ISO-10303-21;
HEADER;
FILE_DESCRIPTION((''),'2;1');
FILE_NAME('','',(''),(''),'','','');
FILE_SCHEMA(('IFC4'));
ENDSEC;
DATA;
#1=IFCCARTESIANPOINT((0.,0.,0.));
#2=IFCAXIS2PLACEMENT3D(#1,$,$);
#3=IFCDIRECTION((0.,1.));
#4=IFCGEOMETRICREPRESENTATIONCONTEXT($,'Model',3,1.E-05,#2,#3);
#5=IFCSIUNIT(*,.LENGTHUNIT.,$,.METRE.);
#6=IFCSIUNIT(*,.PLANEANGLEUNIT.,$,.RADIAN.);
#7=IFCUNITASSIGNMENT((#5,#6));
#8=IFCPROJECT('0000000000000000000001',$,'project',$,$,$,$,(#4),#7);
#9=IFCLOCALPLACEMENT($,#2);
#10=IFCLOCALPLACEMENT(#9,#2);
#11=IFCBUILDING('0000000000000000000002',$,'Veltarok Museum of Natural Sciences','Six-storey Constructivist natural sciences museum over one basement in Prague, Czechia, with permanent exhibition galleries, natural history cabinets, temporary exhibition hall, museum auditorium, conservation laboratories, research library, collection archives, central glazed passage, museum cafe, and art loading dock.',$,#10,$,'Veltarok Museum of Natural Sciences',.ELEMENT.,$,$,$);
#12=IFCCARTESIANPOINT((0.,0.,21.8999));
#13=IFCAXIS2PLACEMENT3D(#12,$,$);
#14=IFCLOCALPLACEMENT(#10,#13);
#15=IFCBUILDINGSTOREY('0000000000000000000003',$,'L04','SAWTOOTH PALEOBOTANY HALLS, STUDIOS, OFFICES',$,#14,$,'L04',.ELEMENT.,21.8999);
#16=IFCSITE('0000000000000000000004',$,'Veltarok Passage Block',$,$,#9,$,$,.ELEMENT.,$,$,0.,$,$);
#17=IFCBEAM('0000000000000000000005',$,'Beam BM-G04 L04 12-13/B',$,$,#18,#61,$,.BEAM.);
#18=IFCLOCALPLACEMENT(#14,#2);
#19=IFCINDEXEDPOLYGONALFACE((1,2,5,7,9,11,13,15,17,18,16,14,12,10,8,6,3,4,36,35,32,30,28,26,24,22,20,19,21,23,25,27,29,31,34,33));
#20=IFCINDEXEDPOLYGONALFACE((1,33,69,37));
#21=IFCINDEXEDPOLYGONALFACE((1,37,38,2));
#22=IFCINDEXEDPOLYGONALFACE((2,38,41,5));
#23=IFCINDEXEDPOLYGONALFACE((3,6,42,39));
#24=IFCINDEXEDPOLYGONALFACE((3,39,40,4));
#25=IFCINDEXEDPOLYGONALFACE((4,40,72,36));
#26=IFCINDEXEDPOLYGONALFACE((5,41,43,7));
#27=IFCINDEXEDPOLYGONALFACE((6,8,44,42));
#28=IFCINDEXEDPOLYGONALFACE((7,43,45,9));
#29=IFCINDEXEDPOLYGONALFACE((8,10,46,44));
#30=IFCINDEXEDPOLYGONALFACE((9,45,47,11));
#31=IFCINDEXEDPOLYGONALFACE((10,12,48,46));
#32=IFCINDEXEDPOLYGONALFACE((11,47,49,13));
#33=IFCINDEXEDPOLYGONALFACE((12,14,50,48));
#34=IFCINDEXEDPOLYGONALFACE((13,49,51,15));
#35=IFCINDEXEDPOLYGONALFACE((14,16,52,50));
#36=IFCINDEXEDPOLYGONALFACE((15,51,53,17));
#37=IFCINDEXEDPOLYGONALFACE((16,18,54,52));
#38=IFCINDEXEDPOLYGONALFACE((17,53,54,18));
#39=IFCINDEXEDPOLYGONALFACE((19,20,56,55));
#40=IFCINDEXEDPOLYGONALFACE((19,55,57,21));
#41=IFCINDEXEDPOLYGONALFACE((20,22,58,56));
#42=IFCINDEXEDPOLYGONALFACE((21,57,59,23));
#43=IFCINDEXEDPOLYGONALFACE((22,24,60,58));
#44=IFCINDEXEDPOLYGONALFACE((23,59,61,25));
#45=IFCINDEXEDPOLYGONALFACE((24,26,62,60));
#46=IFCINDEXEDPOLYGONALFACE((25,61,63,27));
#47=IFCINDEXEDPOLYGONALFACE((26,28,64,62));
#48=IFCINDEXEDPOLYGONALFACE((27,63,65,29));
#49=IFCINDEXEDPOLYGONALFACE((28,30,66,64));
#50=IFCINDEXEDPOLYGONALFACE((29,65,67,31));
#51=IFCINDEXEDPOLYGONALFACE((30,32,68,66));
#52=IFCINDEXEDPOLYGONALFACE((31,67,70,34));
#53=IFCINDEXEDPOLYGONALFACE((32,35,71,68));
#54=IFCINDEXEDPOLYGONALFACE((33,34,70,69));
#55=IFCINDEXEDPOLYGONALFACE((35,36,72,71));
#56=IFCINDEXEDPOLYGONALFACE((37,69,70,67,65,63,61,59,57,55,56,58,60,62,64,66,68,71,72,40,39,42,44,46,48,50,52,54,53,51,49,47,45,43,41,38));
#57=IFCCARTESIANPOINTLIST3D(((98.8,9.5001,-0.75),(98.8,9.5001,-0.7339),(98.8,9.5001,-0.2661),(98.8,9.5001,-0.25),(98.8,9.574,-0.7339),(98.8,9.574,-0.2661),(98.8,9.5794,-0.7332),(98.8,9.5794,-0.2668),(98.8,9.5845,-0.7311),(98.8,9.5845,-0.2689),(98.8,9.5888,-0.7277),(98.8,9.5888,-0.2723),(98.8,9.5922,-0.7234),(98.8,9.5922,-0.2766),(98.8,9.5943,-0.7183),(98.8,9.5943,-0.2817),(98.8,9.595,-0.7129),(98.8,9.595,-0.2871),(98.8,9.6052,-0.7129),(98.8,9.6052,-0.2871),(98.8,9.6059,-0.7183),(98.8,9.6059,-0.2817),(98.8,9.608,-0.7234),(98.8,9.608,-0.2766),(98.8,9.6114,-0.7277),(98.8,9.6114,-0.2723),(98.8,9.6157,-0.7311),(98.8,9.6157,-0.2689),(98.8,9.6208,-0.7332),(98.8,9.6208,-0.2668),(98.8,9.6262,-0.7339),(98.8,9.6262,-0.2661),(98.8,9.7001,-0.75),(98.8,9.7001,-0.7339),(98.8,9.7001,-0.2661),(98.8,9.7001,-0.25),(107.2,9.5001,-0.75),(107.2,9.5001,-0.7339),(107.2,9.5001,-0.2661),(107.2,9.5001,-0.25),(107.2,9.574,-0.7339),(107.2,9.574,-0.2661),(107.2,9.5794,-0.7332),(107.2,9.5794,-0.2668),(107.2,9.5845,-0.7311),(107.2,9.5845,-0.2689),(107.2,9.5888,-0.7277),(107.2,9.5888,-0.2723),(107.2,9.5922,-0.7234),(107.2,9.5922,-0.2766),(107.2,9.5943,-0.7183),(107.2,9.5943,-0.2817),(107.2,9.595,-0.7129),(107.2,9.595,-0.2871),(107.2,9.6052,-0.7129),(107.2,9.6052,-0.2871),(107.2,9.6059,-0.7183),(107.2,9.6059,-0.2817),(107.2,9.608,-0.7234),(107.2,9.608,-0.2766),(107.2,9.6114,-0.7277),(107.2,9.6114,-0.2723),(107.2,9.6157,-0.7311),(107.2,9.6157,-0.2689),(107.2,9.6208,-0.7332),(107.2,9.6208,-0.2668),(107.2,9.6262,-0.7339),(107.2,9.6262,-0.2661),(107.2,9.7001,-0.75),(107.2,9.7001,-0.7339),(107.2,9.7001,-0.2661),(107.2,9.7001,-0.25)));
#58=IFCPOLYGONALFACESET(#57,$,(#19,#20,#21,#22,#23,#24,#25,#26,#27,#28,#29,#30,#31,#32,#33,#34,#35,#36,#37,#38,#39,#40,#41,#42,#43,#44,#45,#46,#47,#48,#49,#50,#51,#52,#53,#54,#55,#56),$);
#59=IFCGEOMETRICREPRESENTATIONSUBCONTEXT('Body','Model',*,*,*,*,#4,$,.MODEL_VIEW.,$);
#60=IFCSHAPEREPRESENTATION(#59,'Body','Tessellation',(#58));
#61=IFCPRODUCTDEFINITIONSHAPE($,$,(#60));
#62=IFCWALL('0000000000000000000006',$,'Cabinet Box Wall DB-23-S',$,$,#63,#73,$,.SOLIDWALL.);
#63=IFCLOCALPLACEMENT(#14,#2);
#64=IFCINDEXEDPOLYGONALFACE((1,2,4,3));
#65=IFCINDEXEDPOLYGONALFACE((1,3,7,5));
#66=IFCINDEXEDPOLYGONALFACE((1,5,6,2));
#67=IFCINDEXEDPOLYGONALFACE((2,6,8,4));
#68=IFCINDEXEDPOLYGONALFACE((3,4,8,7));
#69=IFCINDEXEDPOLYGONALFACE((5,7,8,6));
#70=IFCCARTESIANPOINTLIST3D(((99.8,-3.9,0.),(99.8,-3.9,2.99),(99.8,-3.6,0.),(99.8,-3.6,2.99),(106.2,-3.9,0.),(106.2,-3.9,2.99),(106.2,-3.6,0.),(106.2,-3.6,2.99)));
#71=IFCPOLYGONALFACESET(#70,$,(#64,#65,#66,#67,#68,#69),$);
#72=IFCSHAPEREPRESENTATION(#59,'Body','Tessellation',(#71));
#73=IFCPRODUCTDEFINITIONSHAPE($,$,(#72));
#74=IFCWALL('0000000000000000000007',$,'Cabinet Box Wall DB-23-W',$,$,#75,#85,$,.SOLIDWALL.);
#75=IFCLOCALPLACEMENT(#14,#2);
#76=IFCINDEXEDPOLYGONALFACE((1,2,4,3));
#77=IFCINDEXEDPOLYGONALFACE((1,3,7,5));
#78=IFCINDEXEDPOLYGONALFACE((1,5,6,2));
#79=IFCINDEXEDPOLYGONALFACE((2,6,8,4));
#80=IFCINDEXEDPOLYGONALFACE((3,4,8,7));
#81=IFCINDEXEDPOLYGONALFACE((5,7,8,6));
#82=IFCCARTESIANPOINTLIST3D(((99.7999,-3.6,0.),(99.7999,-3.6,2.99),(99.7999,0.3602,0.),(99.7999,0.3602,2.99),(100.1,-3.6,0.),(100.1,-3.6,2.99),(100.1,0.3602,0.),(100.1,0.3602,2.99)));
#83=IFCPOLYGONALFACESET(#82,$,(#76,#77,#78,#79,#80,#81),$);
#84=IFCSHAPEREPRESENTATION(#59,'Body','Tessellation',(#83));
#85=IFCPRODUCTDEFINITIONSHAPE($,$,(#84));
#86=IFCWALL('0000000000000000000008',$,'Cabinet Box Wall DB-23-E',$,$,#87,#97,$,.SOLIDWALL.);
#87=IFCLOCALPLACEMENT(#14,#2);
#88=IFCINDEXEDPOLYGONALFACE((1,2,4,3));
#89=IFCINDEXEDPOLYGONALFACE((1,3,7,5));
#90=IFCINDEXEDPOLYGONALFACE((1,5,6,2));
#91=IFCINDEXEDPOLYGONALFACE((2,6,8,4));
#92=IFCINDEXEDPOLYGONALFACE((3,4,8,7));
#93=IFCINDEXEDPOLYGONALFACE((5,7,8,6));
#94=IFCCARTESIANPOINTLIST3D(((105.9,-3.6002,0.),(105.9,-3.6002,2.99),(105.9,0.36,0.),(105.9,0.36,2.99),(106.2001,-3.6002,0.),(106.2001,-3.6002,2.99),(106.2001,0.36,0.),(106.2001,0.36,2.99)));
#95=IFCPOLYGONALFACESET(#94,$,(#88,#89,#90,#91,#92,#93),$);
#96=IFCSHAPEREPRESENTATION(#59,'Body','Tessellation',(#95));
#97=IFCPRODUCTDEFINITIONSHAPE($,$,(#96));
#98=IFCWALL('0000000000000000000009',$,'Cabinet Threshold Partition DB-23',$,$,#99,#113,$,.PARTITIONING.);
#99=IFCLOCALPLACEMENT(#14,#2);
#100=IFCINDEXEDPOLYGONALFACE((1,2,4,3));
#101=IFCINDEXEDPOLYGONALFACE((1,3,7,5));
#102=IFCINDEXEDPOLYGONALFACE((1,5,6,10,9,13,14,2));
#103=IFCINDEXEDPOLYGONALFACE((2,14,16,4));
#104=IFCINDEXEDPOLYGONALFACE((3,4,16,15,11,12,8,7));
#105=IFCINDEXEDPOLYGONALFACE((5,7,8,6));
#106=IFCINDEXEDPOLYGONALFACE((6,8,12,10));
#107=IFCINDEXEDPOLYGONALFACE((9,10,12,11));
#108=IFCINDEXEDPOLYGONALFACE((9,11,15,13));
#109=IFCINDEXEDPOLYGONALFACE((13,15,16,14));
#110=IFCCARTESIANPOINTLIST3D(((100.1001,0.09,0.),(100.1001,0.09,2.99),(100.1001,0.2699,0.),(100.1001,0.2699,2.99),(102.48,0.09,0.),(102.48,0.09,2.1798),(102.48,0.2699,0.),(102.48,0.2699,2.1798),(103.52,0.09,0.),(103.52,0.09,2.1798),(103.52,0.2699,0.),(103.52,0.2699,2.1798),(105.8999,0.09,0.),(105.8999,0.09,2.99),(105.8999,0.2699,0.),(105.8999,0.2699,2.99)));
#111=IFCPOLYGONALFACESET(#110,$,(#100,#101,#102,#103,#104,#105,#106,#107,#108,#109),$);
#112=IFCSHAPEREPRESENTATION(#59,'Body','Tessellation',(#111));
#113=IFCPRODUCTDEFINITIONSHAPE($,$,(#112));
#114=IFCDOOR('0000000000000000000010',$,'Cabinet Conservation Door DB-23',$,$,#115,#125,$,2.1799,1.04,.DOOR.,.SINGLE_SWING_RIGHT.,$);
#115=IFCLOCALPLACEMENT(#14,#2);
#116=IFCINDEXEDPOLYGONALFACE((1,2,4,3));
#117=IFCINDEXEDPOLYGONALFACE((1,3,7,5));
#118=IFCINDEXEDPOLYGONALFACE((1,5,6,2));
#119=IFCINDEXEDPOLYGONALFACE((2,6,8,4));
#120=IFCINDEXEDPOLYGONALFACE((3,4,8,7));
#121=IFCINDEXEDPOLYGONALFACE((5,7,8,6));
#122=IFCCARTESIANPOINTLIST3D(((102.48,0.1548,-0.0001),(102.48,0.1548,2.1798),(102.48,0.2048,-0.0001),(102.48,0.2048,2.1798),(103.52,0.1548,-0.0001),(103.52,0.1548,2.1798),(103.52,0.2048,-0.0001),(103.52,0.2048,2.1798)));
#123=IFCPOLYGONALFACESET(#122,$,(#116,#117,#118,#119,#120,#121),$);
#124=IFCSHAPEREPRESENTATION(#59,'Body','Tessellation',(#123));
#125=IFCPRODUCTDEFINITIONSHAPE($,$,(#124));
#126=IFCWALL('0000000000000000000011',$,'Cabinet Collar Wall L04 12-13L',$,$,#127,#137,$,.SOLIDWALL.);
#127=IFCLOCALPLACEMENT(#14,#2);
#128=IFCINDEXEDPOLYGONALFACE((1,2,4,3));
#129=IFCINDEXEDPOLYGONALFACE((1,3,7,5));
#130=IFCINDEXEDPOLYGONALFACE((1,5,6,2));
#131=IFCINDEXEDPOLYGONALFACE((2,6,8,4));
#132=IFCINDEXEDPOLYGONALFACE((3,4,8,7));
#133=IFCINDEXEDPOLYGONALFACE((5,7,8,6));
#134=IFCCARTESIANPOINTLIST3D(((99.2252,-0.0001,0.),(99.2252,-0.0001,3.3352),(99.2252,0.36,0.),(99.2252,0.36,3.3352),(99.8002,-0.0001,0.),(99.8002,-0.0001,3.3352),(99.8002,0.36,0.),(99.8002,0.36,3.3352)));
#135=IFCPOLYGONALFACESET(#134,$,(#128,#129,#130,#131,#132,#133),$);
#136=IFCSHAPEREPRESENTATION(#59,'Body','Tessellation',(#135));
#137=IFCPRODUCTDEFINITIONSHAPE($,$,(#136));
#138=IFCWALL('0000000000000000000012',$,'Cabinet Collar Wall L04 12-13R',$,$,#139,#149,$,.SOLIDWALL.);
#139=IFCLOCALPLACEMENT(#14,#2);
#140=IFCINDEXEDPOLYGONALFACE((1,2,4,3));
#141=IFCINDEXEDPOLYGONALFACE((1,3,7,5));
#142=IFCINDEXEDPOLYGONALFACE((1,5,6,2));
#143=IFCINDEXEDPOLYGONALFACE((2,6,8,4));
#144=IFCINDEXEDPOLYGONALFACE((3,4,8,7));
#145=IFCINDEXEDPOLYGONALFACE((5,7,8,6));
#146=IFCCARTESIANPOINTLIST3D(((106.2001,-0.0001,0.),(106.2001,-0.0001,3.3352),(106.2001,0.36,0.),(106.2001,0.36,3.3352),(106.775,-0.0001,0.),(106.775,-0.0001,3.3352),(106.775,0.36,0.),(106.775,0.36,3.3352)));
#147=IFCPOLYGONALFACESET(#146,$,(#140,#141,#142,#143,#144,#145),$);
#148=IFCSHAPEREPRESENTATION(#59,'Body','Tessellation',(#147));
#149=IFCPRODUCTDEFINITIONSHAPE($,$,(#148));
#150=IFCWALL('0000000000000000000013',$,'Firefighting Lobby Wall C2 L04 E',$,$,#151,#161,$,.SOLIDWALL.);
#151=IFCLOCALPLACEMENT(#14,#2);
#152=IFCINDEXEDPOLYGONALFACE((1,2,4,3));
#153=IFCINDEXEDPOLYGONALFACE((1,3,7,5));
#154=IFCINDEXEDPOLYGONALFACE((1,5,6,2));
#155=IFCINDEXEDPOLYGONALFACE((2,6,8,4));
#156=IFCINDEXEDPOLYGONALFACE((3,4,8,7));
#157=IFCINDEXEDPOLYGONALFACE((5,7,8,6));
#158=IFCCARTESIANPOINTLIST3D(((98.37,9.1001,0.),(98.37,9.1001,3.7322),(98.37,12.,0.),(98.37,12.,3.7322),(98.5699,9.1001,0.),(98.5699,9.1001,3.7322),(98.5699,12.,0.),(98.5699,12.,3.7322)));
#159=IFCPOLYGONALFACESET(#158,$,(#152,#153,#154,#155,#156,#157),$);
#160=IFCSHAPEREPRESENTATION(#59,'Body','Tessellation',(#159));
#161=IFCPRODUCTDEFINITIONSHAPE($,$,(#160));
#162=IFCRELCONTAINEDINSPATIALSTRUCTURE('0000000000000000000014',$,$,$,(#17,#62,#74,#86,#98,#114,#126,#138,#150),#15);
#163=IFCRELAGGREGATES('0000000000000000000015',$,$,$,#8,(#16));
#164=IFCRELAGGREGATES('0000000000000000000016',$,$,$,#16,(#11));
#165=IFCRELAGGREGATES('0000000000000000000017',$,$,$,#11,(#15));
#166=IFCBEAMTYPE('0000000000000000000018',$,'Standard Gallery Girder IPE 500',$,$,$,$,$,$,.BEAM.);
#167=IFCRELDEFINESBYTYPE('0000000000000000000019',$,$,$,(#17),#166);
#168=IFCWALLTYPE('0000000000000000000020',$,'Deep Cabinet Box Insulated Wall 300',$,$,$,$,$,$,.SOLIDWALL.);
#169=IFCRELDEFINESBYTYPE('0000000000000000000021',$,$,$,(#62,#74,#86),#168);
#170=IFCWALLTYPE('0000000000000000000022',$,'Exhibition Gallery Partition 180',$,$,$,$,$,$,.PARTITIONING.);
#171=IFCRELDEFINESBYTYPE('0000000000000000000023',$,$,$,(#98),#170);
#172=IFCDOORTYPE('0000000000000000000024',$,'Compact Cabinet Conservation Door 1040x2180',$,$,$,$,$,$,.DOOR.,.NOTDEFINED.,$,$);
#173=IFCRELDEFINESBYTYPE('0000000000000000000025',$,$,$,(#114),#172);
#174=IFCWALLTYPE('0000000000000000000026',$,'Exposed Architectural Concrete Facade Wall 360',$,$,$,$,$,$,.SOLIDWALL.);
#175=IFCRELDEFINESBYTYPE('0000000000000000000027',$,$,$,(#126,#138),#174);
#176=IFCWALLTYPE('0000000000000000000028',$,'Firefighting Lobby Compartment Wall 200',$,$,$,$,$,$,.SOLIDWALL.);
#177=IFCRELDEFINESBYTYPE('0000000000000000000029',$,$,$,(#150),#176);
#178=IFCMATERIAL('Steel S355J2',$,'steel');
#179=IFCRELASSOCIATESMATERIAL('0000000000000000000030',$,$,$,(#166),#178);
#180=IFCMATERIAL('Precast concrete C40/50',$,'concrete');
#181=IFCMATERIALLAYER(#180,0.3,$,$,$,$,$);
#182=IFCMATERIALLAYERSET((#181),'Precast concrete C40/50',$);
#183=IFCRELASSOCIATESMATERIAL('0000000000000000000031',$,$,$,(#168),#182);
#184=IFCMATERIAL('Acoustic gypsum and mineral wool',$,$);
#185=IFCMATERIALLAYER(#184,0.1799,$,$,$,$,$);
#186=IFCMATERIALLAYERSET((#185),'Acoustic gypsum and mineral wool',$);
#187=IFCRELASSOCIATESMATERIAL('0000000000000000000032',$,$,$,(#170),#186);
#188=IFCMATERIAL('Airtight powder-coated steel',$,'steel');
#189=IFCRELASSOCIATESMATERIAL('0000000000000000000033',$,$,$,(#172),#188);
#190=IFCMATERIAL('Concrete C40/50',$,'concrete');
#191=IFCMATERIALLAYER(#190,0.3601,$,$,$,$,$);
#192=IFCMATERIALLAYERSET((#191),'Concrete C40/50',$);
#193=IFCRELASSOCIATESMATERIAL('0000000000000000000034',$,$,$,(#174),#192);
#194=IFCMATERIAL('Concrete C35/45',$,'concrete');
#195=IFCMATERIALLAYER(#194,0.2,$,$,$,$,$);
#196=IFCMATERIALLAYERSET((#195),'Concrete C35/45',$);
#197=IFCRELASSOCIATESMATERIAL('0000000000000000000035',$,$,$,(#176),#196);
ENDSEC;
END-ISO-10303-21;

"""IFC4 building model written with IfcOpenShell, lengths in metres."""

from ifc_helpers import new_model, si_unit, direction, frame, frame_2d, origin, origin_2d, place, context, subcontext, project, spatial, rectangle, i_section, extrude, material, layer, layer_set, material_profile, profile_set, type_object, element, fill, save


model = new_model("IFC4")

# Units and contexts
model_context = context("Model", 3, precision=1e-05, world=origin(), true_north=direction((0.0, 1.0)))
body_context = subcontext(model_context, "Body", "Model", "MODEL_VIEW")
ifc_project = project(units=[si_unit("LENGTHUNIT", "METRE"), si_unit("PLANEANGLEUNIT", "RADIAN")], contexts=[model_context])

# Site, building, storey
site_placement = place(None, origin())
site = spatial("IfcSite", under=ifc_project, at=site_placement, Name="Veltarok Passage Block", CompositionType="ELEMENT", RefElevation=0.0)
building_placement = place(site_placement, origin())
building = spatial("IfcBuilding", under=site, at=building_placement, Name="Veltarok Museum of Natural Sciences", Description="Six-storey Constructivist natural sciences museum over one basement in Prague, Czechia, with permanent exhibition galleries, natural history cabinets, temporary exhibition hall, museum auditorium, conservation laboratories, research library, collection archives, central glazed passage, museum cafe, and art loading dock.", LongName="Veltarok Museum of Natural Sciences", CompositionType="ELEMENT")
storey_placement = place(building_placement, frame((0.0, 0.0, 21.8999)))
storey = spatial("IfcBuildingStorey", under=building, at=storey_placement, Name="L04", Description="SAWTOOTH PALEOBOTANY HALLS, STUDIOS, OFFICES", LongName="L04", CompositionType="ELEMENT", Elevation=21.8999)

# Shared definitions
ifc_material_1 = material(Name="Concrete C40/50", Category="concrete")
ifc_material_2 = material(Name="Steel S355J2", Category="steel")

# Beam
ifc_material_profile_1 = material_profile(ifc_material_2, i_section(OverallWidth=0.2, OverallDepth=0.5, WebThickness=0.0103, FlangeThickness=0.0161, FilletRadius=0.021, at=origin_2d()), Name="IPE 500")
ifc_profile_set_1 = profile_set([ifc_material_profile_1], Name="Steel S355J2")
beam_type_1 = type_object("IfcBeamType", Name="Standard Gallery Girder IPE 500", PredefinedType="BEAM", material=ifc_profile_set_1)
beam_1_placement = place(storey_placement, frame((98.8, 9.6001, -0.5), z_axis=(1.0, 0.0, 0.0), x_axis=(0.0, 1.0, 0.0)))
element("IfcBeam", 1, at=beam_1_placement, inside=storey, type_object=beam_type_1, Name="Beam BM-G04 L04 12-13/B", PredefinedType="BEAM", context=body_context, shape_type="SweptSolid", body=[
    extrude(i_section(OverallWidth=0.2, OverallDepth=0.5, WebThickness=0.0103, FlangeThickness=0.0161, FilletRadius=0.021, at=origin_2d()), origin(), (0.0, 0.0, 1.0), 8.3999),
])

# Walls
ifc_material_3 = material(Name="Precast concrete C40/50", Category="concrete")
ifc_layer_1 = layer(ifc_material_3, 0.3)
ifc_layer_set_1 = layer_set([ifc_layer_1], Name="Precast concrete C40/50")
wall_type_1 = type_object("IfcWallType", Name="Deep Cabinet Box Insulated Wall 300", PredefinedType="SOLIDWALL", material=ifc_layer_set_1)
wall_1_placement = place(storey_placement, frame((99.8, -3.75, 0.0), z_axis=(0.0, 0.0, 1.0), x_axis=(1.0, 0.0, 0.0)))
element("IfcWall", 2, at=wall_1_placement, inside=storey, type_object=wall_type_1, Name="Cabinet Box Wall DB-23-S", PredefinedType="SOLIDWALL", context=body_context, shape_type="SweptSolid", body=[
    extrude(rectangle(XDim=6.3999, YDim=0.3, at=frame_2d((3.2, 0.0))), origin(), (0.0, 0.0, 1.0), 2.99),
])
for number, where, z_axis, x_axis, name in (
    (3, (99.95, 0.3601, 0.0), (0.0, 0.0, 1.0), (0.0, -1.0, 0.0), "Cabinet Box Wall DB-23-W"),
    (4, (106.05, -3.6001, 0.0), (0.0, 0.0, 1.0), (0.0, 1.0, 0.0), "Cabinet Box Wall DB-23-E"),
):
    element("IfcWall", number, at=place(storey_placement, frame(where, z_axis=z_axis, x_axis=x_axis)), inside=storey, type_object=wall_type_1, Name=name, PredefinedType="SOLIDWALL", context=body_context, shape_type="SweptSolid", body=[
        extrude(rectangle(XDim=3.9602, YDim=0.3, at=frame_2d((1.98, 0.0))), origin(), (0.0, 0.0, 1.0), 2.99),
    ])

# Wall, opening, door
ifc_material_4 = material(Name="Acoustic gypsum and mineral wool")
ifc_layer_2 = layer(ifc_material_4, 0.1799)
ifc_layer_set_2 = layer_set([ifc_layer_2], Name="Acoustic gypsum and mineral wool")
wall_type_2 = type_object("IfcWallType", Name="Exhibition Gallery Partition 180", PredefinedType="PARTITIONING", material=ifc_layer_set_2)
wall_2_placement = place(storey_placement, frame((100.1001, 0.1799, 0.0), z_axis=(0.0, 0.0, 1.0), x_axis=(1.0, 0.0, 0.0)))
wall_2 = element("IfcWall", 5, at=wall_2_placement, inside=storey, type_object=wall_type_2, Name="Cabinet Threshold Partition DB-23", PredefinedType="PARTITIONING", context=body_context, shape_type="SweptSolid", body=[
    extrude(rectangle(XDim=5.7998, YDim=0.1799, at=frame_2d((2.8999, 0.0))), origin(), (0.0, 0.0, 1.0), 2.99),
])
opening_1_placement = place(wall_2_placement, frame((2.3799, 0.0, 0.0)))
opening_1 = element("IfcOpeningElement", 6, at=opening_1_placement, cuts=wall_2, PredefinedType="OPENING", context=body_context, shape_type="SweptSolid", body=[
    extrude(rectangle(XDim=1.04, YDim=2.1799, at=frame_2d((0.52, 1.0898))), frame((0.0, 0.1001, 0.0), z_axis=(0.0, -1.0, 0.0), x_axis=(1.0, 0.0, 0.0)), (0.0, 0.0, 1.0), 0.2),
])
ifc_material_5 = material(Name="Airtight powder-coated steel", Category="steel")
door_type_1 = type_object("IfcDoorType", Name="Compact Cabinet Conservation Door 1040x2180", OperationType="NOTDEFINED", PredefinedType="DOOR", material=ifc_material_5)
door_1_placement = place(opening_1_placement, origin())
door_1 = element("IfcDoor", 7, at=door_1_placement, inside=storey, type_object=door_type_1, Name="Cabinet Conservation Door DB-23", OperationType="SINGLE_SWING_RIGHT", OverallHeight=2.1799, OverallWidth=1.04, PredefinedType="DOOR", context=body_context, shape_type="SweptSolid", body=[
    extrude(rectangle(XDim=1.04, YDim=2.1799, at=frame_2d((0.52, 1.0898))), frame((0.0, 0.0249, 0.0), z_axis=(0.0, -1.0, 0.0), x_axis=(1.0, 0.0, 0.0)), (0.0, 0.0, 1.0), 0.05),
])
fill(opening_1, door_1)

# Walls
ifc_layer_3 = layer(ifc_material_1, 0.3601)
ifc_layer_set_3 = layer_set([ifc_layer_3], Name="Concrete C40/50")
wall_type_3 = type_object("IfcWallType", Name="Exposed Architectural Concrete Facade Wall 360", PredefinedType="SOLIDWALL", material=ifc_layer_set_3)
for number, where, z_axis, x_axis, name in (
    (8, (99.2251, 0.1799, 0.0), (0.0, 0.0, 1.0), (1.0, 0.0, 0.0), "Cabinet Collar Wall L04 12-13L"),
    (9, (106.2, 0.1799, 0.0), (0.0, 0.0, 1.0), (1.0, 0.0, 0.0), "Cabinet Collar Wall L04 12-13R"),
):
    element("IfcWall", number, at=place(storey_placement, frame(where, z_axis=z_axis, x_axis=x_axis)), inside=storey, type_object=wall_type_3, Name=name, PredefinedType="SOLIDWALL", context=body_context, shape_type="SweptSolid", body=[
        extrude(rectangle(XDim=0.575, YDim=0.3601, at=frame_2d((0.2876, 0.0))), origin(), (0.0, 0.0, 1.0), 3.3352),
    ])
ifc_material_6 = material(Name="Concrete C35/45", Category="concrete")
ifc_layer_4 = layer(ifc_material_6, 0.2)
ifc_layer_set_4 = layer_set([ifc_layer_4], Name="Concrete C35/45")
wall_type_4 = type_object("IfcWallType", Name="Firefighting Lobby Compartment Wall 200", PredefinedType="SOLIDWALL", material=ifc_layer_set_4)
wall_3_placement = place(storey_placement, frame((98.47, 12.0, 0.0), z_axis=(0.0, 0.0, 1.0), x_axis=(0.0, -1.0, 0.0)))
element("IfcWall", 10, at=wall_3_placement, inside=storey, type_object=wall_type_4, Name="Firefighting Lobby Wall C2 L04 E", PredefinedType="SOLIDWALL", context=body_context, shape_type="SweptSolid", body=[
    extrude(rectangle(XDim=2.8999, YDim=0.2, at=frame_2d((1.45, 0.0))), origin(), (0.0, 0.0, 1.0), 3.7322),
])

save(model, "model.ifc")
